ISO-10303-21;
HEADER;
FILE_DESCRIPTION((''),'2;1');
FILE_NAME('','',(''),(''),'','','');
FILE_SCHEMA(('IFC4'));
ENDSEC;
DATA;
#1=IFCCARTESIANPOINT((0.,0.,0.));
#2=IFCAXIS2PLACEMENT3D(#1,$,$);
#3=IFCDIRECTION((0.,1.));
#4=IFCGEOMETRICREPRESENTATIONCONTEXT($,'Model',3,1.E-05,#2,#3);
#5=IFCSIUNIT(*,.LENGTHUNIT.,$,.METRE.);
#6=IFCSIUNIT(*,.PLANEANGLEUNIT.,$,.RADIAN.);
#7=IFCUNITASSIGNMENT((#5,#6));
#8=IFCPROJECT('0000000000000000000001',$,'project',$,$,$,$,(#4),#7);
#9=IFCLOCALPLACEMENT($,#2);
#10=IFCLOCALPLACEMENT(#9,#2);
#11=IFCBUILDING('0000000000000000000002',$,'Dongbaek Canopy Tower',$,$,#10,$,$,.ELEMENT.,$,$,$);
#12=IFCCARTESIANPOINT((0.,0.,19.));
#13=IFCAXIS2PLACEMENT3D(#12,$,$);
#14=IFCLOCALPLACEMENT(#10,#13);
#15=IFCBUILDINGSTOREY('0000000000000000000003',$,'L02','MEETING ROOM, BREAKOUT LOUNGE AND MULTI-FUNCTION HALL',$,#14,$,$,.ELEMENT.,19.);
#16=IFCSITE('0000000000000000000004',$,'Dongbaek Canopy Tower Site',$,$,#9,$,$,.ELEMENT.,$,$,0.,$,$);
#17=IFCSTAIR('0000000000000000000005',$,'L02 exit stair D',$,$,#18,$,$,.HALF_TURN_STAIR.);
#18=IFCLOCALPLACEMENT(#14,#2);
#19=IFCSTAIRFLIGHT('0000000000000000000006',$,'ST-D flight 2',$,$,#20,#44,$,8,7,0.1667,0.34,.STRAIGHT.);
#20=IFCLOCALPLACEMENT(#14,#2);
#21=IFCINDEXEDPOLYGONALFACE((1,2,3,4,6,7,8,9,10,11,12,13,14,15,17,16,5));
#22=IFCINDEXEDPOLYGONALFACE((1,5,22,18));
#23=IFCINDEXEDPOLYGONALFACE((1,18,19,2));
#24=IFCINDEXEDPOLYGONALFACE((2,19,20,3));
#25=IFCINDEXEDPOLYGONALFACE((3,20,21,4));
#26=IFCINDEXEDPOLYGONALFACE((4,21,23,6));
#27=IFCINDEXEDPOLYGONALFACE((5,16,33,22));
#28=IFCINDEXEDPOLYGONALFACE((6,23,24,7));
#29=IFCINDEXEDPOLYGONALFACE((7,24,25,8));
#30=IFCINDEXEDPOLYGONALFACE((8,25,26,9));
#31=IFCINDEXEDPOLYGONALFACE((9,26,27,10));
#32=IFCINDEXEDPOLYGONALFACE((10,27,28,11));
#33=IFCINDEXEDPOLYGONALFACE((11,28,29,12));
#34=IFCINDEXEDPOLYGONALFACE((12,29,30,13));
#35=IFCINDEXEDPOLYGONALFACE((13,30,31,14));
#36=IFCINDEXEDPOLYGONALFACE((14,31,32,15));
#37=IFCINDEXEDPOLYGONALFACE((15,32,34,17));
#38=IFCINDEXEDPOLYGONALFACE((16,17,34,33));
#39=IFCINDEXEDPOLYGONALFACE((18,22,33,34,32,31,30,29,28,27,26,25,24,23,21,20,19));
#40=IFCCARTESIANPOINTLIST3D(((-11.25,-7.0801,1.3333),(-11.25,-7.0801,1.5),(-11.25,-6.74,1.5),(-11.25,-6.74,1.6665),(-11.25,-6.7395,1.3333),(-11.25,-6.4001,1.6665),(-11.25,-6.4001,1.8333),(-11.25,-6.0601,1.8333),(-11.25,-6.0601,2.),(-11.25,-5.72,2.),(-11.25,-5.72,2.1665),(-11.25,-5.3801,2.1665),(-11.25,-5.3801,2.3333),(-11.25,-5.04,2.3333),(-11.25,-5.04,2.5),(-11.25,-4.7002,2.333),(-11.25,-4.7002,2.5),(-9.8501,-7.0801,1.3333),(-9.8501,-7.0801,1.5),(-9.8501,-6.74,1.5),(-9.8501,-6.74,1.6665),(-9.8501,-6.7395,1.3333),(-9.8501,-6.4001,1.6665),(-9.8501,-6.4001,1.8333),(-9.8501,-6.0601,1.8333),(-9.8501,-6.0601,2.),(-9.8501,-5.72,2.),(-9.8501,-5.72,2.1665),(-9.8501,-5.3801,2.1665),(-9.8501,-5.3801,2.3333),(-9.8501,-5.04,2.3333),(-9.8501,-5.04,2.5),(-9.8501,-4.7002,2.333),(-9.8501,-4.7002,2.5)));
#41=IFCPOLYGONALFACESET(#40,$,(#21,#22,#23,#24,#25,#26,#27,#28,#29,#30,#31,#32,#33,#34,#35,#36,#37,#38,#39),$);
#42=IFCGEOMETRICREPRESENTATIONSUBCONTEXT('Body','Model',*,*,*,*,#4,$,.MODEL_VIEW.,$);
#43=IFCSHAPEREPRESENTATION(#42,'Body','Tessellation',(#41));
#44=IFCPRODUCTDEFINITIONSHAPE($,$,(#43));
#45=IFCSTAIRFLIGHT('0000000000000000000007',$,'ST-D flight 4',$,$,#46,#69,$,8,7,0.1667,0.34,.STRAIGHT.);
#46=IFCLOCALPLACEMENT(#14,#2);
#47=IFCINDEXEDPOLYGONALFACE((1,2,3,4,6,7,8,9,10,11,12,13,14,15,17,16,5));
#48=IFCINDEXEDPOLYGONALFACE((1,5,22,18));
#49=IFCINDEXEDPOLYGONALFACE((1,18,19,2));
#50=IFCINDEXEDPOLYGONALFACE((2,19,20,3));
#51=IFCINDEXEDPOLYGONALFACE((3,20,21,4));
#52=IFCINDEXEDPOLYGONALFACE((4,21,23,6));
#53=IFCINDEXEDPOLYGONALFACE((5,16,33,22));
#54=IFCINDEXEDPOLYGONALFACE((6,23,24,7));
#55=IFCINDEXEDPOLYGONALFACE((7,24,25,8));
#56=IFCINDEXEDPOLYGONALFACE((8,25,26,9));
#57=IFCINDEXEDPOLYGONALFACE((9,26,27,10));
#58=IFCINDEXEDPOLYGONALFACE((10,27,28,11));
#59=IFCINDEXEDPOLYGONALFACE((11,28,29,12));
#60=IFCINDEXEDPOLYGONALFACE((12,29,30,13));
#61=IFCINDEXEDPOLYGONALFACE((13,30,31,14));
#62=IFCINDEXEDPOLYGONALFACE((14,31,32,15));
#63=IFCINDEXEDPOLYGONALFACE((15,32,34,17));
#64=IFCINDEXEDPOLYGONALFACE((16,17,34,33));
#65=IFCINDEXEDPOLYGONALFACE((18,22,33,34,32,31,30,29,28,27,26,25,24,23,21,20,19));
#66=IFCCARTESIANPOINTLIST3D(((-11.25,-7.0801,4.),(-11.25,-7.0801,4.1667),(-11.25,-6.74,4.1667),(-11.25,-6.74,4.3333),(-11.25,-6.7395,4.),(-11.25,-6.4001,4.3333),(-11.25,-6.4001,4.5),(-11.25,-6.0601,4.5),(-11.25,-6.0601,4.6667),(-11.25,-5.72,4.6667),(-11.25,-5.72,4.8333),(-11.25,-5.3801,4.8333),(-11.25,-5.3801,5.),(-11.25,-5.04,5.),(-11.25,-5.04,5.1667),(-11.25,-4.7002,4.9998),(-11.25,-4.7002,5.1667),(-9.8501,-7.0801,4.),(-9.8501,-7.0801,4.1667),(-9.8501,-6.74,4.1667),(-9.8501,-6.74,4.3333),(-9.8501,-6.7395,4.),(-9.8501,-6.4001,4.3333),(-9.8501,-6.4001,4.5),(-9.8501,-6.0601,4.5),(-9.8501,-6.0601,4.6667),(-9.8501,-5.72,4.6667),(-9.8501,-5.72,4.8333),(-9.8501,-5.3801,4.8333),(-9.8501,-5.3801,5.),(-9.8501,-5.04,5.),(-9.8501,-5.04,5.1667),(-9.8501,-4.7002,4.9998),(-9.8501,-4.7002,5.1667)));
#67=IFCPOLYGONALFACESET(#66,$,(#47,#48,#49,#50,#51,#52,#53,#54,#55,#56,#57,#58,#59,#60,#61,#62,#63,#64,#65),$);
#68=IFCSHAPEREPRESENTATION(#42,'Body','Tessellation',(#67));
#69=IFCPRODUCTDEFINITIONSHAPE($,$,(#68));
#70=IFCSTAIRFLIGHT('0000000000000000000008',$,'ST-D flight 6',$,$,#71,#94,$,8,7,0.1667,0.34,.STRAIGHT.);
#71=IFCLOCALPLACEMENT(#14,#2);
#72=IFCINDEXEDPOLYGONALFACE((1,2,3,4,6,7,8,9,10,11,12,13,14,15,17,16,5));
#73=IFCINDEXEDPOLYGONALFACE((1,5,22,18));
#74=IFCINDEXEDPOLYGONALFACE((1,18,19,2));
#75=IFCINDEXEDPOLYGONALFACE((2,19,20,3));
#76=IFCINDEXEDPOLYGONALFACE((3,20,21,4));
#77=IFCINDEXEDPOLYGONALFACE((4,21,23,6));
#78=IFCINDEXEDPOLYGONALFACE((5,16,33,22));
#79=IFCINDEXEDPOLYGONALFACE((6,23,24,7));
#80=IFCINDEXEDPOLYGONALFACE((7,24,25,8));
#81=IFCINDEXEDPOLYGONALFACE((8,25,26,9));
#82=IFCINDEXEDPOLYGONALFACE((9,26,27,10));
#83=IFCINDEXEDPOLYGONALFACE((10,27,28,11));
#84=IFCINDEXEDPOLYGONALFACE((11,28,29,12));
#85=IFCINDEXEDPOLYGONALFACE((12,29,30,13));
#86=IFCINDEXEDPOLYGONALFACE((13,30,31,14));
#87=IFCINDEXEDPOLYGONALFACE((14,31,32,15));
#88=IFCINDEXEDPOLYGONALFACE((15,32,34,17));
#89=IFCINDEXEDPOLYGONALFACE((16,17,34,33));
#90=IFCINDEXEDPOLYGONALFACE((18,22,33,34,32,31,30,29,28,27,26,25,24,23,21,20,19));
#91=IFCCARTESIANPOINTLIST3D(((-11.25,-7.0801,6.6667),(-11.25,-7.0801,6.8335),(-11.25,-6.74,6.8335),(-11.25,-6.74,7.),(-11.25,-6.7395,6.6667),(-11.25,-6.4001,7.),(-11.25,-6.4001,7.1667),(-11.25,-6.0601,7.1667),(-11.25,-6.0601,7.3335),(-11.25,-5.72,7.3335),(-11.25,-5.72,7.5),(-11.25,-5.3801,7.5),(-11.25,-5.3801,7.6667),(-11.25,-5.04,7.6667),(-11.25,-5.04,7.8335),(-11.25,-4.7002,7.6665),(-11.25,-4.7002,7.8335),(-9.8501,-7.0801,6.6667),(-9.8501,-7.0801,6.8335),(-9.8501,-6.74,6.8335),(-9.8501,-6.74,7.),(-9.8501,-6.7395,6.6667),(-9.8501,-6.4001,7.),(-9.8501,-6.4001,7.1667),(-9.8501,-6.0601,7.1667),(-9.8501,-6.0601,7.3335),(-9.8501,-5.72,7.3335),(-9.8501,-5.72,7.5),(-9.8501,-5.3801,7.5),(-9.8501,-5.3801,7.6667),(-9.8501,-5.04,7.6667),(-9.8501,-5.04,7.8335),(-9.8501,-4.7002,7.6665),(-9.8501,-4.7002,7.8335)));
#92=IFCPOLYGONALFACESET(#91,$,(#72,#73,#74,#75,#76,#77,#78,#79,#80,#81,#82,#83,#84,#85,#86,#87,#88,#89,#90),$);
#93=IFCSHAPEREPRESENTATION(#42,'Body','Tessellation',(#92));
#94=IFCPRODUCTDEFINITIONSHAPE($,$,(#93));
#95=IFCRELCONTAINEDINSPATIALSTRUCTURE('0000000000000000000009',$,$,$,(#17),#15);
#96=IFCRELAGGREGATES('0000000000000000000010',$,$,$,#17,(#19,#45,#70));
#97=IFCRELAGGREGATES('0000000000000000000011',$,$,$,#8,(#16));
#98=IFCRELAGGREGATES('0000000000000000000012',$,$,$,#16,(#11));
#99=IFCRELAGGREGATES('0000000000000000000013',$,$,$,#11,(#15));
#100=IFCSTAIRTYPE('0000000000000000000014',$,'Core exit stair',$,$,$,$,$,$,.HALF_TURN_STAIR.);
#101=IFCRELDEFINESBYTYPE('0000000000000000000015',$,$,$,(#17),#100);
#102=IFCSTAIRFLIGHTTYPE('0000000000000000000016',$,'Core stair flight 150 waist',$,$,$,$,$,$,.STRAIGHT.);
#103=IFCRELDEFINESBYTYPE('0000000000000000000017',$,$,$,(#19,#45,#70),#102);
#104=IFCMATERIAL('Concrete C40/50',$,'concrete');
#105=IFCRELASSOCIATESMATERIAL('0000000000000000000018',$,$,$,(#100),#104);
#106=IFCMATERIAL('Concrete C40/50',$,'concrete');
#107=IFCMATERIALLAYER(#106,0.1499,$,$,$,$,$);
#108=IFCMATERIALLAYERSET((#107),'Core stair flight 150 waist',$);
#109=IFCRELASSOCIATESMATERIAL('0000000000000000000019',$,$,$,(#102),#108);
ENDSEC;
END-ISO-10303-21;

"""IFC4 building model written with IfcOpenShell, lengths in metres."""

from ifc_helpers import new_model, si_unit, direction, frame, origin, place, context, subcontext, project, spatial, polyline, outline, extrude, material, layer, layer_set, type_object, element, aggregate, save


model = new_model("IFC4")

# Units and contexts
model_context = context("Model", 3, precision=1e-05, world=origin(), true_north=direction((0.0, 1.0)))
body_context = subcontext(model_context, "Body", "Model", "MODEL_VIEW")
ifc_project = project(units=[si_unit("LENGTHUNIT", "METRE"), si_unit("PLANEANGLEUNIT", "RADIAN")], contexts=[model_context])

# Site, building, storey
site_placement = place(None, origin())
site = spatial("IfcSite", under=ifc_project, at=site_placement, Name="Dongbaek Canopy Tower Site", CompositionType="ELEMENT", RefElevation=0.0)
building_placement = place(site_placement, origin())
building = spatial("IfcBuilding", under=site, at=building_placement, Name="Dongbaek Canopy Tower", CompositionType="ELEMENT")
storey_placement = place(building_placement, frame((0.0, 0.0, 19.0)))
storey = spatial("IfcBuildingStorey", under=building, at=storey_placement, Name="L02", Description="MEETING ROOM, BREAKOUT LOUNGE AND MULTI-FUNCTION HALL", CompositionType="ELEMENT", Elevation=19.0)

# Stair, stair flights
ifc_material_1 = material(Name="Concrete C40/50", Category="concrete")
stair_type = type_object("IfcStairType", Name="Core exit stair", PredefinedType="HALF_TURN_STAIR", material=ifc_material_1)
stair_placement = place(storey_placement, origin())
stair = element("IfcStair", 1, at=stair_placement, inside=storey, type_object=stair_type, Name="L02 exit stair D", PredefinedType="HALF_TURN_STAIR")
ifc_material_2 = material(Name="Concrete C40/50", Category="concrete")
ifc_layer_1 = layer(ifc_material_2, 0.1499)
ifc_layer_set_1 = layer_set([ifc_layer_1], Name="Core stair flight 150 waist")
stair_flight_type = type_object("IfcStairFlightType", Name="Core stair flight 150 waist", PredefinedType="STRAIGHT", material=ifc_layer_set_1)
stair_flight_1_placement = place(storey_placement, frame((-10.55, -7.0801, 1.3333), z_axis=(0.0, 0.0, 1.0), x_axis=(0.0, 1.0, 0.0)))
stair_flight_1 = element("IfcStairFlight", 2, at=stair_flight_1_placement, type_object=stair_flight_type, Name="ST-D flight 2", NumberOfRisers=8, NumberOfTreads=7, PredefinedType="STRAIGHT", RiserHeight=0.1667, TreadLength=0.34, context=body_context, shape_type="SweptSolid", body=[
    extrude(outline(polyline([(0.0, 0.0), (0.0, 0.1667), (0.3401, 0.1667), (0.3401, 0.3333), (0.6799, 0.3333), (0.6799, 0.5), (1.02, 0.5), (1.02, 0.6667), (1.3601, 0.6667), (1.3601, 0.8333), (1.7, 0.8333), (1.7, 1.0), (2.04, 1.0), (2.04, 1.1667), (2.3799, 1.1667), (2.3799, 1.3333), (2.3799, 0.9998), (0.3406, 0.0), (0.0, 0.0)])), frame((0.0, 0.7, 0.0), z_axis=(0.0, -1.0, 0.0), x_axis=(1.0, 0.0, 0.0)), (0.0, 0.0, 1.0), 1.3999),
])
stair_flight_2_placement = place(storey_placement, frame((-10.55, -7.0801, 4.0), z_axis=(0.0, 0.0, 1.0), x_axis=(0.0, 1.0, 0.0)))
stair_flight_2 = element("IfcStairFlight", 3, at=stair_flight_2_placement, type_object=stair_flight_type, Name="ST-D flight 4", NumberOfRisers=8, NumberOfTreads=7, PredefinedType="STRAIGHT", RiserHeight=0.1667, TreadLength=0.34, context=body_context, shape_type="SweptSolid", body=[
    extrude(outline(polyline([(0.0, 0.0), (0.0, 0.1667), (0.3401, 0.1667), (0.3401, 0.3333), (0.6799, 0.3333), (0.6799, 0.5), (1.02, 0.5), (1.02, 0.6667), (1.3601, 0.6667), (1.3601, 0.8333), (1.7, 0.8333), (1.7, 1.0), (2.04, 1.0), (2.04, 1.1667), (2.3799, 1.1667), (2.3799, 1.3333), (2.3799, 0.9998), (0.3406, 0.0), (0.0, 0.0)])), frame((0.0, 0.7, 0.0), z_axis=(0.0, -1.0, 0.0), x_axis=(1.0, 0.0, 0.0)), (0.0, 0.0, 1.0), 1.3999),
])
stair_flight_3_placement = place(storey_placement, frame((-10.55, -7.0801, 6.6667), z_axis=(0.0, 0.0, 1.0), x_axis=(0.0, 1.0, 0.0)))
stair_flight_3 = element("IfcStairFlight", 4, at=stair_flight_3_placement, type_object=stair_flight_type, Name="ST-D flight 6", NumberOfRisers=8, NumberOfTreads=7, PredefinedType="STRAIGHT", RiserHeight=0.1667, TreadLength=0.34, context=body_context, shape_type="SweptSolid", body=[
    extrude(outline(polyline([(0.0, 0.0), (0.0, 0.1667), (0.3401, 0.1667), (0.3401, 0.3333), (0.6799, 0.3333), (0.6799, 0.5), (1.02, 0.5), (1.02, 0.6667), (1.3601, 0.6667), (1.3601, 0.8333), (1.7, 0.8333), (1.7, 1.0), (2.04, 1.0), (2.04, 1.1667), (2.3799, 1.1667), (2.3799, 1.3333), (2.3799, 0.9998), (0.3406, 0.0), (0.0, 0.0)])), frame((0.0, 0.7, 0.0), z_axis=(0.0, -1.0, 0.0), x_axis=(1.0, 0.0, 0.0)), (0.0, 0.0, 1.0), 1.3999),
])
aggregate(stair, [stair_flight_1, stair_flight_2, stair_flight_3])

save(model, "model.ifc")
